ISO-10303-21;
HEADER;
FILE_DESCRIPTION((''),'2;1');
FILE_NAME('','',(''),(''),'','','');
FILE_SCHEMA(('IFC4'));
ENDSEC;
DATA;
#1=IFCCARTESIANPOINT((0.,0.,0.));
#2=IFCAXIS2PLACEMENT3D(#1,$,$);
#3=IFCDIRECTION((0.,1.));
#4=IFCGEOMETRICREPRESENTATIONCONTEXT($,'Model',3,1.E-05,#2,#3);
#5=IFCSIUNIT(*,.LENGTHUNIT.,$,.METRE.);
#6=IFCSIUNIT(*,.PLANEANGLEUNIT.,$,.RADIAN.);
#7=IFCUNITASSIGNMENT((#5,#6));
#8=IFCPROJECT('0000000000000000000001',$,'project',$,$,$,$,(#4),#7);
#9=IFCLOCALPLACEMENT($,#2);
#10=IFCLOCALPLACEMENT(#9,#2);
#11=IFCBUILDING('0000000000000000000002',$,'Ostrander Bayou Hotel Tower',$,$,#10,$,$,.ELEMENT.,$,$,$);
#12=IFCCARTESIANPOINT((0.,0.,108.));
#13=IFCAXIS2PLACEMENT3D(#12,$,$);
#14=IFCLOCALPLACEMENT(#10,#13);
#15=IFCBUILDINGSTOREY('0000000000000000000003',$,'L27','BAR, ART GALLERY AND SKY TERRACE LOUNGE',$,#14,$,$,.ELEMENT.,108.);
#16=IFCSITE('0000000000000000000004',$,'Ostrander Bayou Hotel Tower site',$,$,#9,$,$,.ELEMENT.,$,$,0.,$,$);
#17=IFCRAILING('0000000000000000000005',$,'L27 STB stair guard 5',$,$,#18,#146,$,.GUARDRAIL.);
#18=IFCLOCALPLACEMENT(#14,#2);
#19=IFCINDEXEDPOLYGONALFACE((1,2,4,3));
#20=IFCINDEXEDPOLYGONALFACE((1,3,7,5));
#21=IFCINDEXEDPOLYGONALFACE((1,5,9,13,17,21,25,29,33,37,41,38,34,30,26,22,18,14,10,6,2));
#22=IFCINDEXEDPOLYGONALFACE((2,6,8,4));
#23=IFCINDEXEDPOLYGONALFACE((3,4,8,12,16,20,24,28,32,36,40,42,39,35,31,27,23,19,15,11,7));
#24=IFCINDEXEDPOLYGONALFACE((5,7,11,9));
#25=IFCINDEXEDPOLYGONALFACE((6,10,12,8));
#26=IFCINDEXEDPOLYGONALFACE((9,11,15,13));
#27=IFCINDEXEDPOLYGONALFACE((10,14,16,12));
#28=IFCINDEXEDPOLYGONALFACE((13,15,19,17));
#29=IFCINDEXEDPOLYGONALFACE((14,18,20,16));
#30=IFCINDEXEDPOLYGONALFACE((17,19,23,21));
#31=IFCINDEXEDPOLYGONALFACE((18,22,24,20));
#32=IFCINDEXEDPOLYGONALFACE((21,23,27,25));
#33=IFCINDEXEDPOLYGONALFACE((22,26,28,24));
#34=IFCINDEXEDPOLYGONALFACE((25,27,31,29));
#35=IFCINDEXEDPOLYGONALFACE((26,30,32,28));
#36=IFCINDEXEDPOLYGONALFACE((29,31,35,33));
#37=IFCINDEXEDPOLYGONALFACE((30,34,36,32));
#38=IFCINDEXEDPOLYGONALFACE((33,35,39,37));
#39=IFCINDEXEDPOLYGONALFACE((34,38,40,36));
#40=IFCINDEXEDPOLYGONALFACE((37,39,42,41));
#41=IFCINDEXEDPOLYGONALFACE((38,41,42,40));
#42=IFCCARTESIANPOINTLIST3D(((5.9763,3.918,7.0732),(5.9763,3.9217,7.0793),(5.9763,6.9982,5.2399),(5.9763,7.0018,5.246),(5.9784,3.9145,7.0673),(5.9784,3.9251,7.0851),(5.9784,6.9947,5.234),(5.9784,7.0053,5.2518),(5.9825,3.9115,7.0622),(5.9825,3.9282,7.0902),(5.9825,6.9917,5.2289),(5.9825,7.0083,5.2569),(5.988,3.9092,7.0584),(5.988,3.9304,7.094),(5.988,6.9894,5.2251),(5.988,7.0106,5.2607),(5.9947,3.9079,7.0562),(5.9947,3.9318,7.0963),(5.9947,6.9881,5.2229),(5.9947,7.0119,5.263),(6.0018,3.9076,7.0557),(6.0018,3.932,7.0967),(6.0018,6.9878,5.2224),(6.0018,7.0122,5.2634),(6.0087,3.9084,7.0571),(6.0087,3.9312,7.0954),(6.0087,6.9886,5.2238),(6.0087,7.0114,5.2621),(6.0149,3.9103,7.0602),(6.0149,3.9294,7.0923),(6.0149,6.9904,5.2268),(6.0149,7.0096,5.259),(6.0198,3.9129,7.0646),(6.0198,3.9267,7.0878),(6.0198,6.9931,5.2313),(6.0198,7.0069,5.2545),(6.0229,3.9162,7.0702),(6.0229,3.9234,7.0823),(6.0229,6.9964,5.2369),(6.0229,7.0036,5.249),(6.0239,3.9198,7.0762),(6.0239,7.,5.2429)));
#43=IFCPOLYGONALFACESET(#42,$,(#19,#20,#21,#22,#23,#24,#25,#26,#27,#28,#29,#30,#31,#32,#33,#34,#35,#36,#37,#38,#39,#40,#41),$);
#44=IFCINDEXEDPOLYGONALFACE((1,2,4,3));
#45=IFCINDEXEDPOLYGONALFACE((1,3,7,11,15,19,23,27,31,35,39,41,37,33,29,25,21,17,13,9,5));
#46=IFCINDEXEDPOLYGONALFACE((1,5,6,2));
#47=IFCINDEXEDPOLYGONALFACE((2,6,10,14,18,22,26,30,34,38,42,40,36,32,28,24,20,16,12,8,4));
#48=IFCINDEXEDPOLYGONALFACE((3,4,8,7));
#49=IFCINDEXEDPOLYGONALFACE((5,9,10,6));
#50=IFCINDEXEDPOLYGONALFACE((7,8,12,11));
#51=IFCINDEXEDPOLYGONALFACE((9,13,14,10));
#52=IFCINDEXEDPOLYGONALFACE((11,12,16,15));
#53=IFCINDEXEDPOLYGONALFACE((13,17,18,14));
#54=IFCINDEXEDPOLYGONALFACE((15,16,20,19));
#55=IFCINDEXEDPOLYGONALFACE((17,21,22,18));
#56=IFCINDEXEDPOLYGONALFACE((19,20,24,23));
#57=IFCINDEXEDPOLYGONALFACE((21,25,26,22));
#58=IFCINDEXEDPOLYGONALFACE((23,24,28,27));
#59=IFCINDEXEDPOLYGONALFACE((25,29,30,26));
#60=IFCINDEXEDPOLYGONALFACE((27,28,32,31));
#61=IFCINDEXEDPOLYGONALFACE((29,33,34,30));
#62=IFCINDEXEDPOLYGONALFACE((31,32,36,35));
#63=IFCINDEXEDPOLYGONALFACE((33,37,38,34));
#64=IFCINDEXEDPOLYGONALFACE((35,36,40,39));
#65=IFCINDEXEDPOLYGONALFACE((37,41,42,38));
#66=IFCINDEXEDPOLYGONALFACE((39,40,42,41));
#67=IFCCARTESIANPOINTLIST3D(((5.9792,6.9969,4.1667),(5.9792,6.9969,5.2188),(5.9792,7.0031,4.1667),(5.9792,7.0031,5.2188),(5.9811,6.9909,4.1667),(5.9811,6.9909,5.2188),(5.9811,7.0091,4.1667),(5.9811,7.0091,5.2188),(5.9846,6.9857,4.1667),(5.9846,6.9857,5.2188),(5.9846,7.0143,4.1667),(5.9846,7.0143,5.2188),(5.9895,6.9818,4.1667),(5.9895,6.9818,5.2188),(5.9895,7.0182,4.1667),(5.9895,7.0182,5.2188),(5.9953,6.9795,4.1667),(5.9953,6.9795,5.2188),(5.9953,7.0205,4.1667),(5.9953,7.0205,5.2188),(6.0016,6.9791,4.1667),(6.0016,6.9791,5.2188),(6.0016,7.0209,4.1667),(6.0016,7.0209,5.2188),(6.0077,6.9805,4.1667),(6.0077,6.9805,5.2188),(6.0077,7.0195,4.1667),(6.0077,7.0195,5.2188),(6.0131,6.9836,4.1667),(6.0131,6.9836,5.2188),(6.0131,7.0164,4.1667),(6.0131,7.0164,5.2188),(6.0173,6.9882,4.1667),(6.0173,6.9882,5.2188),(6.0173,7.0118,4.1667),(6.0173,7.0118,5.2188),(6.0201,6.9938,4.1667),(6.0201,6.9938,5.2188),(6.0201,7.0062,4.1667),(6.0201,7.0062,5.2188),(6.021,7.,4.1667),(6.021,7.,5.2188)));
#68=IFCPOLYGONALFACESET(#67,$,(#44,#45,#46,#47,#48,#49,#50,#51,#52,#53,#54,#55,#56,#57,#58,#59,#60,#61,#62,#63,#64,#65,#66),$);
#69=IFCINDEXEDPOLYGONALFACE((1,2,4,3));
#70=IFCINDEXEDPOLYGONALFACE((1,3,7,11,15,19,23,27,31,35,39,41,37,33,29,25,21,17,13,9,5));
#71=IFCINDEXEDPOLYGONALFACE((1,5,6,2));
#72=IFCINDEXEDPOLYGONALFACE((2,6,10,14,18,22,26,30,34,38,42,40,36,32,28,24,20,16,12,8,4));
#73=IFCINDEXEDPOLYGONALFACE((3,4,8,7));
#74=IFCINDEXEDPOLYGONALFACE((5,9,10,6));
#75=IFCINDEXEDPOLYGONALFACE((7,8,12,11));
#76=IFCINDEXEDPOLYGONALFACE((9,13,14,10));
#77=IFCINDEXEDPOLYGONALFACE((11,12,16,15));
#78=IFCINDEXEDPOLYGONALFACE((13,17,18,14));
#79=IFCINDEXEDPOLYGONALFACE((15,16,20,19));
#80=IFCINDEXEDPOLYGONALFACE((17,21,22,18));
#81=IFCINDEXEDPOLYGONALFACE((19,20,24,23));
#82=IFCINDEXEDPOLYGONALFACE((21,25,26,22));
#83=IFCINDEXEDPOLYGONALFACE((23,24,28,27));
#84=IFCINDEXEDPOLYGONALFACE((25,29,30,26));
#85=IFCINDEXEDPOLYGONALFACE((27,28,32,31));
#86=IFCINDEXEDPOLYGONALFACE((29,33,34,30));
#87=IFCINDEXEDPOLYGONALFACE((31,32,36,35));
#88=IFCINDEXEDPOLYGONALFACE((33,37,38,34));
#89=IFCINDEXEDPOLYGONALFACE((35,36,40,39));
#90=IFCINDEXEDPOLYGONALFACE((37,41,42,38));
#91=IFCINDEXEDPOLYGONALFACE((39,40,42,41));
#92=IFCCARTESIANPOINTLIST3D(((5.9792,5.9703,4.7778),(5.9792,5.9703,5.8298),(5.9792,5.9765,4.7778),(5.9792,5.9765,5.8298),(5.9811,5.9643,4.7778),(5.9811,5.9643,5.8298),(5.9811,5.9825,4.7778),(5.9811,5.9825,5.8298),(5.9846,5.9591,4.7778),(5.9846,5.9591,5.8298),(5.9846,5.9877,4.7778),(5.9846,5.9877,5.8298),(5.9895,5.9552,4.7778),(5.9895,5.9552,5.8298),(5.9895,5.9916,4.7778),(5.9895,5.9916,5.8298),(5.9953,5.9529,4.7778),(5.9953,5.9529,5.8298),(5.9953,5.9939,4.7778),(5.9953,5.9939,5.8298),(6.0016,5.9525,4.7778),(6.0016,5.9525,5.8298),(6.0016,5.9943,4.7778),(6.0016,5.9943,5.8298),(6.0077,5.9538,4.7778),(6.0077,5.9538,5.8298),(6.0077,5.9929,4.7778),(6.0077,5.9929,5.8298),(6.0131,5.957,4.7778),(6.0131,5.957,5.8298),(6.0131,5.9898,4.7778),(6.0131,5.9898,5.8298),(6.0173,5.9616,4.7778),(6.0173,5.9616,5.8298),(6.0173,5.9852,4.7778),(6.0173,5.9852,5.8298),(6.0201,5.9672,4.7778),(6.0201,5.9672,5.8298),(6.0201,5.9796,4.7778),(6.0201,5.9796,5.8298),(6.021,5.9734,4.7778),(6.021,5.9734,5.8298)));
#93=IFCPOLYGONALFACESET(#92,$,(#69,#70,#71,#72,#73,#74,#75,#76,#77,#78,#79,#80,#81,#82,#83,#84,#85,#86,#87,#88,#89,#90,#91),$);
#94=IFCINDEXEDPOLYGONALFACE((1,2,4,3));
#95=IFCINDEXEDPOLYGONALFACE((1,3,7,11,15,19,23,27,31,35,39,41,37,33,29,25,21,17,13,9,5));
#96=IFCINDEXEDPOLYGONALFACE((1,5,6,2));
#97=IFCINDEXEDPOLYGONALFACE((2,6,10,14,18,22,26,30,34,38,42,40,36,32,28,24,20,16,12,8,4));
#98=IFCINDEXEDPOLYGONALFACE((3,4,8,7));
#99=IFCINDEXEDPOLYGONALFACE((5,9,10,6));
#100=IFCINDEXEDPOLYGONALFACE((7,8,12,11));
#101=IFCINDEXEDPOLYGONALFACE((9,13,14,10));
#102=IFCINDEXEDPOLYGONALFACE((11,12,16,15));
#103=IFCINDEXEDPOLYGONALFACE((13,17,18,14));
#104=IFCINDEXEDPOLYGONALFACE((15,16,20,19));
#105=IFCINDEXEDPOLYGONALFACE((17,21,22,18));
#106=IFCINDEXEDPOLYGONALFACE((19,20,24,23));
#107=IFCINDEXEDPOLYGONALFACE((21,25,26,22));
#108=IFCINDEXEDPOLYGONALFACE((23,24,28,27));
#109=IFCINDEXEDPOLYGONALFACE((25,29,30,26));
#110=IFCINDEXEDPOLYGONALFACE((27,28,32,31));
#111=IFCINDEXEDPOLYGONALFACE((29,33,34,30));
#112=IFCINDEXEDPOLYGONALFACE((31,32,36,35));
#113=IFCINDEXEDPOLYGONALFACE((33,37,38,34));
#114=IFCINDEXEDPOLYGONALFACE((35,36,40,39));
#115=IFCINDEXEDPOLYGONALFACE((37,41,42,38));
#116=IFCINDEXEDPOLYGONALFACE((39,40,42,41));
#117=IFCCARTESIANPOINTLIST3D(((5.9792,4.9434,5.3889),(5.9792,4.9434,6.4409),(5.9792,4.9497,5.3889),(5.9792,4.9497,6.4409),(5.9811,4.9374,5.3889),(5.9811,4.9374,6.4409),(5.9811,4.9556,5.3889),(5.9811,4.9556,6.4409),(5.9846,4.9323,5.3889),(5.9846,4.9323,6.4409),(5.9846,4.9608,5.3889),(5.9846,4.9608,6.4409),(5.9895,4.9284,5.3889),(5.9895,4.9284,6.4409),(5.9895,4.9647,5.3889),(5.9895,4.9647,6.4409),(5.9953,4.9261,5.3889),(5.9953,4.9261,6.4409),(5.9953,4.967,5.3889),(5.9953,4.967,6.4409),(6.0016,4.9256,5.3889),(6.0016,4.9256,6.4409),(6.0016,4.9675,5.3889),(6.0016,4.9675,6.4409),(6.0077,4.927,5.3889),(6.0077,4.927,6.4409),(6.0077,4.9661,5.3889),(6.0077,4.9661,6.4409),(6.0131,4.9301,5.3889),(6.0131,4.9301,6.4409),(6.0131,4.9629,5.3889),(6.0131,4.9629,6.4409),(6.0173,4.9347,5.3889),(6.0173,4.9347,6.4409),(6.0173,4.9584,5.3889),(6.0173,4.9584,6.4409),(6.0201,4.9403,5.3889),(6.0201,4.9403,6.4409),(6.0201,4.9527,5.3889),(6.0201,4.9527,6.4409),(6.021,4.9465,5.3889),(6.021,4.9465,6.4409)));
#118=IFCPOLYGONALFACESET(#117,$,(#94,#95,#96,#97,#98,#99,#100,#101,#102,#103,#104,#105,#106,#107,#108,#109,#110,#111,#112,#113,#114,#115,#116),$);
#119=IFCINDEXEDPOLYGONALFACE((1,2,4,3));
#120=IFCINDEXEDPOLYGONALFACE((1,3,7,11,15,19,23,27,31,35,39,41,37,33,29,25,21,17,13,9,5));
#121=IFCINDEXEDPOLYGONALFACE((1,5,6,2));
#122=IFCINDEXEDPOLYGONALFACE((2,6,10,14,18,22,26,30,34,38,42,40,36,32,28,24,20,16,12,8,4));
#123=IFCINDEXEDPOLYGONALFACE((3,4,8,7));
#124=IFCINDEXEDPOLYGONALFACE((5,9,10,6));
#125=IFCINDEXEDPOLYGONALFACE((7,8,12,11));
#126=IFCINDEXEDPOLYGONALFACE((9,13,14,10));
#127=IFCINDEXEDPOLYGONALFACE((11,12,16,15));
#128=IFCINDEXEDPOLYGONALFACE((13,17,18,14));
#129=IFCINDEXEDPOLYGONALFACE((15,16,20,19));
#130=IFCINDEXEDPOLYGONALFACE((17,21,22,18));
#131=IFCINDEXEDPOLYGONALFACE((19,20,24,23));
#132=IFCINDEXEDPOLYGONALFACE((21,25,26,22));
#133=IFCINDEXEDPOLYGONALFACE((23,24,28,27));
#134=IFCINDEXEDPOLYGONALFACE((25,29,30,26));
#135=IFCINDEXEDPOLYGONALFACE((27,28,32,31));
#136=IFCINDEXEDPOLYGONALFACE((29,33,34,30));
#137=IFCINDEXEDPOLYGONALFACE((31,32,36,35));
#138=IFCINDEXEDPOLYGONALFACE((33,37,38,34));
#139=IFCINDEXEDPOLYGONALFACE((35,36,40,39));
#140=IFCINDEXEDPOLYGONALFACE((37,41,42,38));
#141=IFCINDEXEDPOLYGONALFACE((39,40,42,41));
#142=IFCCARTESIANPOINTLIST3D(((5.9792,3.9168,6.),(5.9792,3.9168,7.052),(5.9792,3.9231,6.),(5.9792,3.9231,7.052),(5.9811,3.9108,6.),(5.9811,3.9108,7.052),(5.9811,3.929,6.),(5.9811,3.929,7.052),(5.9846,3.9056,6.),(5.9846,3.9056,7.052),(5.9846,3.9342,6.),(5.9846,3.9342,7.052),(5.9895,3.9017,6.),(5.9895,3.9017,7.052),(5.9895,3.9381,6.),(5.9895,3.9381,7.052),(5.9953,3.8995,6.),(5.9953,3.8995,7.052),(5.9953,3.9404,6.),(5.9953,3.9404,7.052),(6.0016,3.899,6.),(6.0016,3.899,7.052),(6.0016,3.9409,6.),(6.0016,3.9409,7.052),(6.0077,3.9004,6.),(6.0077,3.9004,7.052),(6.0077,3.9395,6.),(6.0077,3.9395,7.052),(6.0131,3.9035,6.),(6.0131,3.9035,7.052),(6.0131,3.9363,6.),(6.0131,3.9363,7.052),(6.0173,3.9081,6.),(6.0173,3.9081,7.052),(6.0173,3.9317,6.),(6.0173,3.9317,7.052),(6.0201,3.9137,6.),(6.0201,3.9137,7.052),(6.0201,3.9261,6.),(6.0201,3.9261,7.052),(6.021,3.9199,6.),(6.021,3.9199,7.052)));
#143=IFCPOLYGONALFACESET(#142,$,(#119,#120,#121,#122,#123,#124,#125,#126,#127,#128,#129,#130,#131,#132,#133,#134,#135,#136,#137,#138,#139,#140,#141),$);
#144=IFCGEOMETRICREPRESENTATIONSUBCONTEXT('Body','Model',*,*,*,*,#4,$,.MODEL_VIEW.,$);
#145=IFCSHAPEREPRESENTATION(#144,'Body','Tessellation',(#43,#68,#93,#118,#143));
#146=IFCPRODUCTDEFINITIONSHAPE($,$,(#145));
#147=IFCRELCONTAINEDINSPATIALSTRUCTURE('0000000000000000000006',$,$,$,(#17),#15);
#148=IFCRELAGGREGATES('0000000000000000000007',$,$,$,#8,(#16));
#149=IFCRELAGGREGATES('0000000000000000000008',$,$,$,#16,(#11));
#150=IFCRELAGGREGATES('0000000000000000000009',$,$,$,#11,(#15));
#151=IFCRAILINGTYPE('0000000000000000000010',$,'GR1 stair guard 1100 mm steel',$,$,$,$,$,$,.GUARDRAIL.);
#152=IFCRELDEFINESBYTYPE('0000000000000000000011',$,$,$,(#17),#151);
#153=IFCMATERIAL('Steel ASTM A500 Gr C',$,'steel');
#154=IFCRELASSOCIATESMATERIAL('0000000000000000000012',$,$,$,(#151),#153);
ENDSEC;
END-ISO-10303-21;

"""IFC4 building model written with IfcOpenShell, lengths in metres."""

from ifc_helpers import new_model, si_unit, direction, frame, origin, origin_2d, place, context, subcontext, project, spatial, circle, extrude, material, type_object, element, save


model = new_model("IFC4")

# Units and contexts
model_context = context("Model", 3, precision=1e-05, world=origin(), true_north=direction((0.0, 1.0)))
body_context = subcontext(model_context, "Body", "Model", "MODEL_VIEW")
ifc_project = project(units=[si_unit("LENGTHUNIT", "METRE"), si_unit("PLANEANGLEUNIT", "RADIAN")], contexts=[model_context])

# Site, building, storey
site_placement = place(None, origin())
site = spatial("IfcSite", under=ifc_project, at=site_placement, Name="Ostrander Bayou Hotel Tower site", CompositionType="ELEMENT", RefElevation=0.0)
building_placement = place(site_placement, origin())
building = spatial("IfcBuilding", under=site, at=building_placement, Name="Ostrander Bayou Hotel Tower", CompositionType="ELEMENT")
storey_placement = place(building_placement, frame((0.0, 0.0, 108.0)))
storey = spatial("IfcBuildingStorey", under=building, at=storey_placement, Name="L27", Description="BAR, ART GALLERY AND SKY TERRACE LOUNGE", CompositionType="ELEMENT", Elevation=108.0)

# Railing
ifc_material_1 = material(Name="Steel ASTM A500 Gr C", Category="steel")
railing_type_1 = type_object("IfcRailingType", Name="GR1 stair guard 1100 mm steel", PredefinedType="GUARDRAIL", material=ifc_material_1)
railing_1_placement = place(storey_placement, frame((6.0, 7.0, 4.1667)))
element("IfcRailing", 1, at=railing_1_placement, inside=storey, type_object=railing_type_1, Name="L27 STB stair guard 5", PredefinedType="GUARDRAIL", context=body_context, shape_type="SweptSolid", body=[
    extrude(circle(Radius=0.0239, at=origin_2d()), frame((0.0, 0.0, 1.0762), z_axis=(0.0, -0.859309, 0.511458), x_axis=(1.0, 0.0, 0.0)), (0.0, 0.0, 1.0), 3.5845),
    extrude(circle(Radius=0.021, at=origin_2d()), origin(), (0.0, 0.0, 1.0), 1.052),
    extrude(circle(Radius=0.021, at=origin_2d()), frame((0.0, -1.0266, 0.6111)), (0.0, 0.0, 1.0), 1.052),
    extrude(circle(Radius=0.021, at=origin_2d()), frame((0.0, -2.0535, 1.2222)), (0.0, 0.0, 1.0), 1.052),
    extrude(circle(Radius=0.021, at=origin_2d()), frame((0.0, -3.0801, 1.8333)), (0.0, 0.0, 1.0), 1.052),
])

save(model, "model.ifc")
